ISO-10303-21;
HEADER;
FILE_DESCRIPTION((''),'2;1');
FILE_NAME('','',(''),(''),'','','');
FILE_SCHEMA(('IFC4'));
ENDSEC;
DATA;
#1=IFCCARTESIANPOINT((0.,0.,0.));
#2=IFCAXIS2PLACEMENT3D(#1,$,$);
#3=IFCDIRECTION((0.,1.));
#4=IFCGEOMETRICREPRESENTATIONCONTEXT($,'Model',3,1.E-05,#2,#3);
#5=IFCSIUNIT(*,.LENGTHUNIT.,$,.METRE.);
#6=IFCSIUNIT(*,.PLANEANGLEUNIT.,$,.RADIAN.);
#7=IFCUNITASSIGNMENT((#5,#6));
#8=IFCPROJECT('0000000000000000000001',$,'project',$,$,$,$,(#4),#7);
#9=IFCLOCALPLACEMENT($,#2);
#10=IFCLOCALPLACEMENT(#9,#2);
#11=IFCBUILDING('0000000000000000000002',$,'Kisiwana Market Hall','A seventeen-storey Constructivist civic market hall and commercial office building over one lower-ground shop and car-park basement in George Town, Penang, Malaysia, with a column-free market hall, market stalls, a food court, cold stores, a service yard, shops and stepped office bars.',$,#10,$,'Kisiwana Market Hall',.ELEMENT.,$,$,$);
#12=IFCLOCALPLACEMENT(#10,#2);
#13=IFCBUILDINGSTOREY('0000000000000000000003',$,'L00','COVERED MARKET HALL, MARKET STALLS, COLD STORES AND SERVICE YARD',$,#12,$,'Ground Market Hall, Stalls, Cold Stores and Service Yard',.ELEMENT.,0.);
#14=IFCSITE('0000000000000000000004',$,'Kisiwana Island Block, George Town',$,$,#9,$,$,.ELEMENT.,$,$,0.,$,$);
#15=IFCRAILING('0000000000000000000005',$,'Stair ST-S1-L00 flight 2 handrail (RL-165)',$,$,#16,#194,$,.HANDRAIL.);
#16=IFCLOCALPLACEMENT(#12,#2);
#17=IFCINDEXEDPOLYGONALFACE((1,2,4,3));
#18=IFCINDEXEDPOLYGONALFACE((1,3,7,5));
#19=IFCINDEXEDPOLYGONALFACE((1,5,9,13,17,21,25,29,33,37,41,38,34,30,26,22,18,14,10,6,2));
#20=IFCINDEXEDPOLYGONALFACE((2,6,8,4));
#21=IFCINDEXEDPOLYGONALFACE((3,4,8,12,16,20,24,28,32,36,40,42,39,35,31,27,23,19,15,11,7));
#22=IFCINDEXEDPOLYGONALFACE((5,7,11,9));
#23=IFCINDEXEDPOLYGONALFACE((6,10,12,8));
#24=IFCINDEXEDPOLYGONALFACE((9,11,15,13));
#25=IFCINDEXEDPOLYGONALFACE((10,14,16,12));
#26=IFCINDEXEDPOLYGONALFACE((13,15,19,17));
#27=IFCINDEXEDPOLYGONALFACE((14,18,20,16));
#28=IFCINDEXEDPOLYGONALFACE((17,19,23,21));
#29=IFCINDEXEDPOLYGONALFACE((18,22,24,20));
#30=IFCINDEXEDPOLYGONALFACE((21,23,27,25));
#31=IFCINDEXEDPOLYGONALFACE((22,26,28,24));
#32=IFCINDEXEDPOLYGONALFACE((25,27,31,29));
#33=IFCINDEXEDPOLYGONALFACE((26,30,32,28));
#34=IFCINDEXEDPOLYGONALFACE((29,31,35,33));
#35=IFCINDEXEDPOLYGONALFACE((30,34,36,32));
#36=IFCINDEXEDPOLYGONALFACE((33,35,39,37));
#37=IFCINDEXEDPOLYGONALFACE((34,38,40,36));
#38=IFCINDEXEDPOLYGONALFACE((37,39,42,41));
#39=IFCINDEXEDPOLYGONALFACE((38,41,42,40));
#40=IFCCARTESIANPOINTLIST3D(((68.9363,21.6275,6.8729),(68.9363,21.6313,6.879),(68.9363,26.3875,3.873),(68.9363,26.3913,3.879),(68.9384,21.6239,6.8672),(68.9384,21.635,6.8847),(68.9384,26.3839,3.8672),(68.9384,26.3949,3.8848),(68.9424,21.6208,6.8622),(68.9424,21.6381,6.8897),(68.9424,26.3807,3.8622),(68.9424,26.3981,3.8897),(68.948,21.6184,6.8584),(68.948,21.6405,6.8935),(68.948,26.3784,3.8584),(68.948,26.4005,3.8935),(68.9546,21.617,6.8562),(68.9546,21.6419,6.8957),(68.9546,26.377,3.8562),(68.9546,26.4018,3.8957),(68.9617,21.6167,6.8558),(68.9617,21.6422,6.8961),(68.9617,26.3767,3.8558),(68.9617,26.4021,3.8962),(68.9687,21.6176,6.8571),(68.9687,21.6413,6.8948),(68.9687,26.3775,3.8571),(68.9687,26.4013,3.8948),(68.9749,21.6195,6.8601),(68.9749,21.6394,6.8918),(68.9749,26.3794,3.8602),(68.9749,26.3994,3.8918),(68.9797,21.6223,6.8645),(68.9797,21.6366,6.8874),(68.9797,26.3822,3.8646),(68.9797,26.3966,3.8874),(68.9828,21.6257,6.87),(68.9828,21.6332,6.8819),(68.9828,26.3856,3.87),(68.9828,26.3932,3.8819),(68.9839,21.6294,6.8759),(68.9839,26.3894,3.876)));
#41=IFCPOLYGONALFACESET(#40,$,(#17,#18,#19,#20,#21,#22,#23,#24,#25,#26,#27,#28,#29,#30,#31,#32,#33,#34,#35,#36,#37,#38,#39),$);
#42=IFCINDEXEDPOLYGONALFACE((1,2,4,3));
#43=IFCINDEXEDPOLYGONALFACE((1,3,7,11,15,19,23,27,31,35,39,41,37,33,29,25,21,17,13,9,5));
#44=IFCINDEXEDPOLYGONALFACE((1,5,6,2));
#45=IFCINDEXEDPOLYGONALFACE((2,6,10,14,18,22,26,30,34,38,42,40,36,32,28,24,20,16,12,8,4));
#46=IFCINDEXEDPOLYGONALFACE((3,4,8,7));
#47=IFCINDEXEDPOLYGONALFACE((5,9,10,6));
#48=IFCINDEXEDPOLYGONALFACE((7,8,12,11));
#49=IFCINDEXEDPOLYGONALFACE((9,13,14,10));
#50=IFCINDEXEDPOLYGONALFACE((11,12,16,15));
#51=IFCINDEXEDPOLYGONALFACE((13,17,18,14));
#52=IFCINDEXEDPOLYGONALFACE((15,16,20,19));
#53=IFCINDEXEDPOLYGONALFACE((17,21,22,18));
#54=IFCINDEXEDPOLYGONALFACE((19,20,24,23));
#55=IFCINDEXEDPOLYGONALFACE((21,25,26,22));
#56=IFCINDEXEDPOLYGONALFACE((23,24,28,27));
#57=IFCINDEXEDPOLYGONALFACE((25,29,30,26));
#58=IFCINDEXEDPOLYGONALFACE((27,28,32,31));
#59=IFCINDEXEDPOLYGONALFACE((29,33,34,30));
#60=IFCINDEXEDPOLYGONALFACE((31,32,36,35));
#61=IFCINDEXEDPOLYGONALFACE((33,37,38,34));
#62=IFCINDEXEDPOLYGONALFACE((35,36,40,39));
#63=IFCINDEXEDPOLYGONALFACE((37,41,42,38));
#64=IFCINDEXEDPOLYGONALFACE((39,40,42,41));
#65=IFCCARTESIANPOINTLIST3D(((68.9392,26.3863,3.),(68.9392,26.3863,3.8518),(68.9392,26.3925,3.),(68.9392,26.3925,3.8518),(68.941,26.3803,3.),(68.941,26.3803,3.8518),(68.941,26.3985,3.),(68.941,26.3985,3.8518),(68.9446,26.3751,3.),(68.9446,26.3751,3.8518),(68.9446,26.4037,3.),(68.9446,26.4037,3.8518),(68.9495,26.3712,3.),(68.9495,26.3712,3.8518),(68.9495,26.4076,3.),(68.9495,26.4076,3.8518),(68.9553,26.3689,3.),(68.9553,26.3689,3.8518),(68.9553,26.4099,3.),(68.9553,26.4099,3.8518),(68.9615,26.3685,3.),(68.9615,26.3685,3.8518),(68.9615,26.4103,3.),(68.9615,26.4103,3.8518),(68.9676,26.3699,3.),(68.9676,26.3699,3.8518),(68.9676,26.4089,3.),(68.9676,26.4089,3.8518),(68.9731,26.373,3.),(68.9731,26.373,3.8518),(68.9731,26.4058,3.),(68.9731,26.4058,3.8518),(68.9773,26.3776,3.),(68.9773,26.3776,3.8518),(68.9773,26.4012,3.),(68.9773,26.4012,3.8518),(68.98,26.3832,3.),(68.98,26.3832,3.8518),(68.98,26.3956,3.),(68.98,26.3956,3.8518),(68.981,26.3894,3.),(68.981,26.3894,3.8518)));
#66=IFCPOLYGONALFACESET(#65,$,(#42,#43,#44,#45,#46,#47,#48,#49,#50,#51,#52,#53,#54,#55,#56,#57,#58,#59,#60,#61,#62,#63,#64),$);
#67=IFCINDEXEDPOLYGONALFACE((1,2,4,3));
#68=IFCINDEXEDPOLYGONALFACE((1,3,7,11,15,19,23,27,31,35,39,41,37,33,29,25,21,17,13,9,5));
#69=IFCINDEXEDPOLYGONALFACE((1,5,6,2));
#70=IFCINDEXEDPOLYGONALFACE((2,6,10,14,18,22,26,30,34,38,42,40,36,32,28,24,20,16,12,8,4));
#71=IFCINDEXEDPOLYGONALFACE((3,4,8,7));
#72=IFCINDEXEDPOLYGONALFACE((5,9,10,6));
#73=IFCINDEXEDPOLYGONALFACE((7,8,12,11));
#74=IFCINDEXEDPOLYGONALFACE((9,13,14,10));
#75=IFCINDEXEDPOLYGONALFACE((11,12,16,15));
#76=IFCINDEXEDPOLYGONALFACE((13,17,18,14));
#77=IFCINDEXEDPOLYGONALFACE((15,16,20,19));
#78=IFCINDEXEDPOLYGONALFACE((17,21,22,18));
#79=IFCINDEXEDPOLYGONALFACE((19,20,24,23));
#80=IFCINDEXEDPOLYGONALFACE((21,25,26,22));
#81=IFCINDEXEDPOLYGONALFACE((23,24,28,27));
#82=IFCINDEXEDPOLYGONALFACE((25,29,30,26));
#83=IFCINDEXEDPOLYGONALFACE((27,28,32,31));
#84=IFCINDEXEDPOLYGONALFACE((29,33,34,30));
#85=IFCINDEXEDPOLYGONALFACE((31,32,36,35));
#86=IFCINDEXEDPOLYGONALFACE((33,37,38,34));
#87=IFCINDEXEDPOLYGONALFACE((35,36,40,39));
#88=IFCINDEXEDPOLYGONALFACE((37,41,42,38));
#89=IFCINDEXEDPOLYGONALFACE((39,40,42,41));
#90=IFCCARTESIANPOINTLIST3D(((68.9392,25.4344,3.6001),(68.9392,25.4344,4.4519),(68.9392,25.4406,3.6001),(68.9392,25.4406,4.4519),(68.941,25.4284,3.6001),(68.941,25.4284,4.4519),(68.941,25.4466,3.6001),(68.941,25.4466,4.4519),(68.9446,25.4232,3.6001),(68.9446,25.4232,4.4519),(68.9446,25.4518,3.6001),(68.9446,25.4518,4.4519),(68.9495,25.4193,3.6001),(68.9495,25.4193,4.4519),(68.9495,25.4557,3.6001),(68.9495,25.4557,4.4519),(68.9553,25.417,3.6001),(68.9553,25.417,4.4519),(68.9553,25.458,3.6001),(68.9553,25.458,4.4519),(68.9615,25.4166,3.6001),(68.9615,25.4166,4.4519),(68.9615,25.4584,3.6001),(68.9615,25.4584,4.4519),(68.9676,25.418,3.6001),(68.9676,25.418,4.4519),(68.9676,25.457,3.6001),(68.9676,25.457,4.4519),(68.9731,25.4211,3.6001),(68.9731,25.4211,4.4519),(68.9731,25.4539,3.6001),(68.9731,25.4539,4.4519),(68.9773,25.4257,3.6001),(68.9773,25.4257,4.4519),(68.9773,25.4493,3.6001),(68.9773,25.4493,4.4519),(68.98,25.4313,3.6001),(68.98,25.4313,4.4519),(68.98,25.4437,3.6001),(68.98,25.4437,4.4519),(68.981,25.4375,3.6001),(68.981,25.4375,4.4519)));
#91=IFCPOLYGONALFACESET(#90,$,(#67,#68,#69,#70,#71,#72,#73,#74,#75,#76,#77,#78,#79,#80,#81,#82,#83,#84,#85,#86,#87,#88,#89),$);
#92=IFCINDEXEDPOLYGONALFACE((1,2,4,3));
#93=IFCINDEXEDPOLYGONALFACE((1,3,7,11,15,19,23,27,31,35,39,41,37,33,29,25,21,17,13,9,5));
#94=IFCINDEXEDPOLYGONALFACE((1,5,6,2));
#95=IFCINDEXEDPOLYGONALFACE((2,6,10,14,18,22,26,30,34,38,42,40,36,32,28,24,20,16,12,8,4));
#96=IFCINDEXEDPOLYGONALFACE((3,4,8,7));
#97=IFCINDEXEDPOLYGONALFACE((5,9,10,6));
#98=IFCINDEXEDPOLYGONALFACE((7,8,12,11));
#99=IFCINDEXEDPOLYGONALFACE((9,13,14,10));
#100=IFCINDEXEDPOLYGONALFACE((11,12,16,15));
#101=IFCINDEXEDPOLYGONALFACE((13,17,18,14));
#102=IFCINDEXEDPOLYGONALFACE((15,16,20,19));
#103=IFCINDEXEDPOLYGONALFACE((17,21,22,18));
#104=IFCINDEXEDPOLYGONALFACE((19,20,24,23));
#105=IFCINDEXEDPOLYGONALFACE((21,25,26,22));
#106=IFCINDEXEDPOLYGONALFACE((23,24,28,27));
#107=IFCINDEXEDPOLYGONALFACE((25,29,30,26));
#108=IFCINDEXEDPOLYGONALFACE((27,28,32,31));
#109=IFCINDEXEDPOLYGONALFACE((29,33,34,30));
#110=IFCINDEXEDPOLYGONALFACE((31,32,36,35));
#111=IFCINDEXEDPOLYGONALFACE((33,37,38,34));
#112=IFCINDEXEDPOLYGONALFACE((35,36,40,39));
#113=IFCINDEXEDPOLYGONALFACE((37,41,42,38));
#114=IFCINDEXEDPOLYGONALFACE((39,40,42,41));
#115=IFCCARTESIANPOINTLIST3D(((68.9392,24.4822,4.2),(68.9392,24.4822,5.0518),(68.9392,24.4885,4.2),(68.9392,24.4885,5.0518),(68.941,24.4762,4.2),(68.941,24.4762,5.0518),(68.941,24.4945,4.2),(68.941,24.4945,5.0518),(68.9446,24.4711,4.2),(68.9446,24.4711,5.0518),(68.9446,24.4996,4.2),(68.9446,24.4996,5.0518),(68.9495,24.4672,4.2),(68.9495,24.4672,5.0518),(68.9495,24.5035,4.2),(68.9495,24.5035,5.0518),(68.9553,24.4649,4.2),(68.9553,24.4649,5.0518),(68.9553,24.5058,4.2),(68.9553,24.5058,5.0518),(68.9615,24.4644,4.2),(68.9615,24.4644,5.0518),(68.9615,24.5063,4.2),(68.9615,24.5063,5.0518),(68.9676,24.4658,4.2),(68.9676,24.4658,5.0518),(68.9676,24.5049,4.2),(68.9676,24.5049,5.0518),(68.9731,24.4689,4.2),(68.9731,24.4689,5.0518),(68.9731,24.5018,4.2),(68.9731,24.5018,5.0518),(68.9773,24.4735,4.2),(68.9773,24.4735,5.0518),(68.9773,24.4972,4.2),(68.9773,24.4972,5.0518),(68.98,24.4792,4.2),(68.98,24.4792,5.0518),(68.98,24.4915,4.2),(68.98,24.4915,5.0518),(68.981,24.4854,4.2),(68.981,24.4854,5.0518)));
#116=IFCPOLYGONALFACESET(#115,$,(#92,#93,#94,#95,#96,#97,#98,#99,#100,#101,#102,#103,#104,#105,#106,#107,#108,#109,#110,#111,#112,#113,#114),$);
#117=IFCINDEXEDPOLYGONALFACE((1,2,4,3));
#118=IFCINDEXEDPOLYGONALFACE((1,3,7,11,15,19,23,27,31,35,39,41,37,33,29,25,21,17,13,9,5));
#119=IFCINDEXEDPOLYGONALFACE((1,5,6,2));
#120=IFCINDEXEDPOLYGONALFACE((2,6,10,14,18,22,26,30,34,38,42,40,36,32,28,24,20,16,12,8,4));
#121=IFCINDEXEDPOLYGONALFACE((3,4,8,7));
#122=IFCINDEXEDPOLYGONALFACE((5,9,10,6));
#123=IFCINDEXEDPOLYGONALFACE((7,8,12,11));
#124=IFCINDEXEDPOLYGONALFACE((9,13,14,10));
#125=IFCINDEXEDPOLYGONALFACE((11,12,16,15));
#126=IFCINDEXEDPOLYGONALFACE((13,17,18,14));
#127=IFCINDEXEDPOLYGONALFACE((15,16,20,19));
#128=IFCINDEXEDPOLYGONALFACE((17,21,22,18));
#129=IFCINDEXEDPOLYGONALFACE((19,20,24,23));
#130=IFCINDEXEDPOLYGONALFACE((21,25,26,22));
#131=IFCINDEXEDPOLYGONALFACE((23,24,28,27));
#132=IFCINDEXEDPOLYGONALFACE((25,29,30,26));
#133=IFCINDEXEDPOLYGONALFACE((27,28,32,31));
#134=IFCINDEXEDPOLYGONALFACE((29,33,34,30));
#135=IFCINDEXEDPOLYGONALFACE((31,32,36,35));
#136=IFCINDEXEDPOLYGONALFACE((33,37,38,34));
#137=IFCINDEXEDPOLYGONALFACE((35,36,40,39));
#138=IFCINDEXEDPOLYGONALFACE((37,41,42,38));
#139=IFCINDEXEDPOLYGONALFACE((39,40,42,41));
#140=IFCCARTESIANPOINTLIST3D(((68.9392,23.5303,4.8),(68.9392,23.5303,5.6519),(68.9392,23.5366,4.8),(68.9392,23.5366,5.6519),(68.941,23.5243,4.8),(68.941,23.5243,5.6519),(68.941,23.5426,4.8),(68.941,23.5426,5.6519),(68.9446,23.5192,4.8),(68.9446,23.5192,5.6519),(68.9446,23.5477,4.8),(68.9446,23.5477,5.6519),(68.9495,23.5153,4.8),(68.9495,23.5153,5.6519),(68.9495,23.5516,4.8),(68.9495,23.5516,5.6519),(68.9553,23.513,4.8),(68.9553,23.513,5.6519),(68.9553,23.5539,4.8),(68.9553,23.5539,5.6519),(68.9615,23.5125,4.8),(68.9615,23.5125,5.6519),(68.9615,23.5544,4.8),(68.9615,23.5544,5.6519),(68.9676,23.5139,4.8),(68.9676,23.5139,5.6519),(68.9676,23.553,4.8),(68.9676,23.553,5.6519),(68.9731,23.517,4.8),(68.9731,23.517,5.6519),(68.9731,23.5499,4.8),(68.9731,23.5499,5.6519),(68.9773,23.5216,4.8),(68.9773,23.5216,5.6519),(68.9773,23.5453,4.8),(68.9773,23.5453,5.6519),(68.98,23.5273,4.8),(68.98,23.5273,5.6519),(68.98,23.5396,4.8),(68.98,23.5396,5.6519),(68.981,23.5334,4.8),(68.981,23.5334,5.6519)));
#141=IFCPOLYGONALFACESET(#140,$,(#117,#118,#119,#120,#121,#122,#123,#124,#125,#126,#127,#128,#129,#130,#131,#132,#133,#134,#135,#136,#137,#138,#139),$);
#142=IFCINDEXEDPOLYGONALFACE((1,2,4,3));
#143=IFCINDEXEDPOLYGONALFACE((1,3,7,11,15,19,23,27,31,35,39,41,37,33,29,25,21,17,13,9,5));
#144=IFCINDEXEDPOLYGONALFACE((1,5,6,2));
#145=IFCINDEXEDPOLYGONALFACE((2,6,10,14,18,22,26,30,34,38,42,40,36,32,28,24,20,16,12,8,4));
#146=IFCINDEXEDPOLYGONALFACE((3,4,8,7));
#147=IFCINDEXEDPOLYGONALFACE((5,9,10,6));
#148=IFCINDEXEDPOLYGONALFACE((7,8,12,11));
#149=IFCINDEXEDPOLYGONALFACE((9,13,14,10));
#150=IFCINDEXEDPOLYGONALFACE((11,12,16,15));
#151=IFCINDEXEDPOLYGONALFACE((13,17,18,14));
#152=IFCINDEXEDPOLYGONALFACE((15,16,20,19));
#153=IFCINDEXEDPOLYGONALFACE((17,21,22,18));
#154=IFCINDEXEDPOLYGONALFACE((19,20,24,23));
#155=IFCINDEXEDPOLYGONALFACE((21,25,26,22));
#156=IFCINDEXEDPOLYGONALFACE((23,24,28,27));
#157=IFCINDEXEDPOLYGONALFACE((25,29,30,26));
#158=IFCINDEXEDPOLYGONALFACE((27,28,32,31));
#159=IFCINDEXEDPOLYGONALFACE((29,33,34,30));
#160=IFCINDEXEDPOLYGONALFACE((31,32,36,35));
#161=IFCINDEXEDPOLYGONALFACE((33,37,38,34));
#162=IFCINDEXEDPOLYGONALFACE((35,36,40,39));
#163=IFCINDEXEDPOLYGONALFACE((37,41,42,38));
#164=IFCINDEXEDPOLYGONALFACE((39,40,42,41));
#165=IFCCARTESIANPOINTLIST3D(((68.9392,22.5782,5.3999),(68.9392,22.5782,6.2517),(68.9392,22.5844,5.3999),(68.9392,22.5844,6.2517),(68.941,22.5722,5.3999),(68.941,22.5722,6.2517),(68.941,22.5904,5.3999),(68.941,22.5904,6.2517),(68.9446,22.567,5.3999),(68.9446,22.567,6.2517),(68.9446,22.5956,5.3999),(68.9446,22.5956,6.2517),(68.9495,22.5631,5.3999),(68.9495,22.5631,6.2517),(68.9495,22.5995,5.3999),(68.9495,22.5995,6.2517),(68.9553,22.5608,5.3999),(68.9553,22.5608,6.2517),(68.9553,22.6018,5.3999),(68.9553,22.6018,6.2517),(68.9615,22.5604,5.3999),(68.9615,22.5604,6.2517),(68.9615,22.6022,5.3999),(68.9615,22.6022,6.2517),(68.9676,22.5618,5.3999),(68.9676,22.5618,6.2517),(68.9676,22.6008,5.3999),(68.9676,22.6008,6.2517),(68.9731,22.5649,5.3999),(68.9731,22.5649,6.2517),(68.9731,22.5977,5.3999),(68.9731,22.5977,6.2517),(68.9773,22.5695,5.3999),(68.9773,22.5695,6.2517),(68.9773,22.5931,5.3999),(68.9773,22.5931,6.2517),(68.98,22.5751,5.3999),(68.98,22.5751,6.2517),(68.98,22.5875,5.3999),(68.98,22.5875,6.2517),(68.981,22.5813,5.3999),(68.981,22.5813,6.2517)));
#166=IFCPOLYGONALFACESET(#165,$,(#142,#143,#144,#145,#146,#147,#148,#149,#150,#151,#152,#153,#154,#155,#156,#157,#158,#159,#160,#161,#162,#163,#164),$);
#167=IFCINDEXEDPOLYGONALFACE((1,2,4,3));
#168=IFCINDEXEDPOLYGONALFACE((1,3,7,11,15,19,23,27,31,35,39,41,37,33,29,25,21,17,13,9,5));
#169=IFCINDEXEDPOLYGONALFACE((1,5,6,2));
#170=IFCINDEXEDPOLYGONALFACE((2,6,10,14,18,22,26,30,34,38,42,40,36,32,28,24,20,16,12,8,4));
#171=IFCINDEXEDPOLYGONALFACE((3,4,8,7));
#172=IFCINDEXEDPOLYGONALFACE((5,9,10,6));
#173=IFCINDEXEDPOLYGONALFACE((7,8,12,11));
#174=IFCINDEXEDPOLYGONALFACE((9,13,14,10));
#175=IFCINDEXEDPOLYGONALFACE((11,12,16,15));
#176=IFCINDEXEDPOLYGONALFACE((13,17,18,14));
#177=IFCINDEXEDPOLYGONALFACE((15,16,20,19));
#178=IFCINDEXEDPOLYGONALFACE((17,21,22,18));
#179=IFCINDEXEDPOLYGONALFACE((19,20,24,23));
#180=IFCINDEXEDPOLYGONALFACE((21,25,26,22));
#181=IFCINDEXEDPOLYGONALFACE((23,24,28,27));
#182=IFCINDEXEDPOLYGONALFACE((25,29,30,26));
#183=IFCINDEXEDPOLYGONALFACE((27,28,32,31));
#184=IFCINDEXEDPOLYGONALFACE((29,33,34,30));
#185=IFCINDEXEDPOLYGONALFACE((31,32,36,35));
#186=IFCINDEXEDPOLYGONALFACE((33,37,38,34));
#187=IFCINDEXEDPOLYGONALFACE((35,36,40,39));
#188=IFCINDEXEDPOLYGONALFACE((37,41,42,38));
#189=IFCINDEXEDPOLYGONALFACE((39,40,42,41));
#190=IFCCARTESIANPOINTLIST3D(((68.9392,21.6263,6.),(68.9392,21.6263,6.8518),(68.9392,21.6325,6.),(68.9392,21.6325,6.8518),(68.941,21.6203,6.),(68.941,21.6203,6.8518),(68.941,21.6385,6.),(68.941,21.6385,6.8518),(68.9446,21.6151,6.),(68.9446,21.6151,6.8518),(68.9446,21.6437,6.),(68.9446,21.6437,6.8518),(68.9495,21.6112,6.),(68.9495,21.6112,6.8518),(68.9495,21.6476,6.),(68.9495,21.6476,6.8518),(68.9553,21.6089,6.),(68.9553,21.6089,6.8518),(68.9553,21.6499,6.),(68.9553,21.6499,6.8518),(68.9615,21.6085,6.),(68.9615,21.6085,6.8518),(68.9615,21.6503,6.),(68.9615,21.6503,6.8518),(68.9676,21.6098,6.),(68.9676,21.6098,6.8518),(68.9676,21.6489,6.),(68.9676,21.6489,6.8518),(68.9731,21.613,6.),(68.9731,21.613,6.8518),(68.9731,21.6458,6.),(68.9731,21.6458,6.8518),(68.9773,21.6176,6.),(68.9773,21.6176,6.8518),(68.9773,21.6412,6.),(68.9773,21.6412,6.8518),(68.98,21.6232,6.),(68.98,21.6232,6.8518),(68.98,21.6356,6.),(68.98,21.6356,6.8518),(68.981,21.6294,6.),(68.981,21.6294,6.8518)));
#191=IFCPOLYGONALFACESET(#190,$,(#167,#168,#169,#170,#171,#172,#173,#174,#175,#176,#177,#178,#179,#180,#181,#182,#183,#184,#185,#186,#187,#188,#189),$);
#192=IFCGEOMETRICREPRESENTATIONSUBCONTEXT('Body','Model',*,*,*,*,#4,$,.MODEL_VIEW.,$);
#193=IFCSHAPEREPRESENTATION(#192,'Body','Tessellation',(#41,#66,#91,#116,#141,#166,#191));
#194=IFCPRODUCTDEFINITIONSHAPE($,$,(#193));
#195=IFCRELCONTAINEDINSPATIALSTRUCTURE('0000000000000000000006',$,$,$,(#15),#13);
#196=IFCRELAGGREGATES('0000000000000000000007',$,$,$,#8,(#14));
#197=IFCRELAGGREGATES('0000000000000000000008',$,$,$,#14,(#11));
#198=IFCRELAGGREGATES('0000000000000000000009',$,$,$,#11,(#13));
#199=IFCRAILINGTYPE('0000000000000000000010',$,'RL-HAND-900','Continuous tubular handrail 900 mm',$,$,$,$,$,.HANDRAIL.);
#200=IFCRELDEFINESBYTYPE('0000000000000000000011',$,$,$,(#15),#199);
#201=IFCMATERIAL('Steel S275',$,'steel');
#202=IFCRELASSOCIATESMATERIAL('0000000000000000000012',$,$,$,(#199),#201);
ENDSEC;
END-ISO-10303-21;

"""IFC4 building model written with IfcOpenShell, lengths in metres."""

from ifc_helpers import new_model, si_unit, direction, frame, origin, origin_2d, place, context, subcontext, project, spatial, circle, extrude, material, type_object, element, save


model = new_model("IFC4")

# Units and contexts
model_context = context("Model", 3, precision=1e-05, world=origin(), true_north=direction((0.0, 1.0)))
body_context = subcontext(model_context, "Body", "Model", "MODEL_VIEW")
ifc_project = project(units=[si_unit("LENGTHUNIT", "METRE"), si_unit("PLANEANGLEUNIT", "RADIAN")], contexts=[model_context])

# Site, building, storey
site_placement = place(None, origin())
site = spatial("IfcSite", under=ifc_project, at=site_placement, Name="Kisiwana Island Block, George Town", CompositionType="ELEMENT", RefElevation=0.0)
building_placement = place(site_placement, origin())
building = spatial("IfcBuilding", under=site, at=building_placement, Name="Kisiwana Market Hall", Description="A seventeen-storey Constructivist civic market hall and commercial office building over one lower-ground shop and car-park basement in George Town, Penang, Malaysia, with a column-free market hall, market stalls, a food court, cold stores, a service yard, shops and stepped office bars.", LongName="Kisiwana Market Hall", CompositionType="ELEMENT")
storey_placement = place(building_placement, origin())
storey = spatial("IfcBuildingStorey", under=building, at=storey_placement, Name="L00", Description="COVERED MARKET HALL, MARKET STALLS, COLD STORES AND SERVICE YARD", LongName="Ground Market Hall, Stalls, Cold Stores and Service Yard", CompositionType="ELEMENT", Elevation=0.0)

# Railing
ifc_material_1 = material(Name="Steel S275", Category="steel")
railing_type = type_object("IfcRailingType", Name="RL-HAND-900", Description="Continuous tubular handrail 900 mm", PredefinedType="HANDRAIL", material=ifc_material_1)
for number, where, name in (
    (1, (68.96, 26.3894, 3.0), "Stair ST-S1-L00 flight 2 handrail (RL-165)"),
):
    element("IfcRailing", number, at=place(storey_placement, frame(where)), inside=storey, type_object=railing_type, Name=name, PredefinedType="HANDRAIL", context=body_context, shape_type="SweptSolid", body=[
        extrude(circle(Radius=0.0239, at=origin_2d()), frame((0.0, 0.0, 0.876), z_axis=(0.0, -0.845996, 0.53319), x_axis=(1.0, 0.0, 0.0)), (0.0, 0.0, 1.0), 5.6265),
        extrude(circle(Radius=0.021, at=origin_2d()), origin(), (0.0, 0.0, 1.0), 0.8518),
        extrude(circle(Radius=0.021, at=origin_2d()), frame((0.0, -0.9519, 0.6001)), (0.0, 0.0, 1.0), 0.8518),
        extrude(circle(Radius=0.021, at=origin_2d()), frame((0.0, -1.9041, 1.2)), (0.0, 0.0, 1.0), 0.8518),
        extrude(circle(Radius=0.021, at=origin_2d()), frame((0.0, -2.856, 1.8)), (0.0, 0.0, 1.0), 0.8518),
        extrude(circle(Radius=0.021, at=origin_2d()), frame((0.0, -3.8081, 2.3999)), (0.0, 0.0, 1.0), 0.8518),
        extrude(circle(Radius=0.021, at=origin_2d()), frame((0.0, -4.76, 3.0)), (0.0, 0.0, 1.0), 0.8518),
    ])

save(model, "model.ifc")
